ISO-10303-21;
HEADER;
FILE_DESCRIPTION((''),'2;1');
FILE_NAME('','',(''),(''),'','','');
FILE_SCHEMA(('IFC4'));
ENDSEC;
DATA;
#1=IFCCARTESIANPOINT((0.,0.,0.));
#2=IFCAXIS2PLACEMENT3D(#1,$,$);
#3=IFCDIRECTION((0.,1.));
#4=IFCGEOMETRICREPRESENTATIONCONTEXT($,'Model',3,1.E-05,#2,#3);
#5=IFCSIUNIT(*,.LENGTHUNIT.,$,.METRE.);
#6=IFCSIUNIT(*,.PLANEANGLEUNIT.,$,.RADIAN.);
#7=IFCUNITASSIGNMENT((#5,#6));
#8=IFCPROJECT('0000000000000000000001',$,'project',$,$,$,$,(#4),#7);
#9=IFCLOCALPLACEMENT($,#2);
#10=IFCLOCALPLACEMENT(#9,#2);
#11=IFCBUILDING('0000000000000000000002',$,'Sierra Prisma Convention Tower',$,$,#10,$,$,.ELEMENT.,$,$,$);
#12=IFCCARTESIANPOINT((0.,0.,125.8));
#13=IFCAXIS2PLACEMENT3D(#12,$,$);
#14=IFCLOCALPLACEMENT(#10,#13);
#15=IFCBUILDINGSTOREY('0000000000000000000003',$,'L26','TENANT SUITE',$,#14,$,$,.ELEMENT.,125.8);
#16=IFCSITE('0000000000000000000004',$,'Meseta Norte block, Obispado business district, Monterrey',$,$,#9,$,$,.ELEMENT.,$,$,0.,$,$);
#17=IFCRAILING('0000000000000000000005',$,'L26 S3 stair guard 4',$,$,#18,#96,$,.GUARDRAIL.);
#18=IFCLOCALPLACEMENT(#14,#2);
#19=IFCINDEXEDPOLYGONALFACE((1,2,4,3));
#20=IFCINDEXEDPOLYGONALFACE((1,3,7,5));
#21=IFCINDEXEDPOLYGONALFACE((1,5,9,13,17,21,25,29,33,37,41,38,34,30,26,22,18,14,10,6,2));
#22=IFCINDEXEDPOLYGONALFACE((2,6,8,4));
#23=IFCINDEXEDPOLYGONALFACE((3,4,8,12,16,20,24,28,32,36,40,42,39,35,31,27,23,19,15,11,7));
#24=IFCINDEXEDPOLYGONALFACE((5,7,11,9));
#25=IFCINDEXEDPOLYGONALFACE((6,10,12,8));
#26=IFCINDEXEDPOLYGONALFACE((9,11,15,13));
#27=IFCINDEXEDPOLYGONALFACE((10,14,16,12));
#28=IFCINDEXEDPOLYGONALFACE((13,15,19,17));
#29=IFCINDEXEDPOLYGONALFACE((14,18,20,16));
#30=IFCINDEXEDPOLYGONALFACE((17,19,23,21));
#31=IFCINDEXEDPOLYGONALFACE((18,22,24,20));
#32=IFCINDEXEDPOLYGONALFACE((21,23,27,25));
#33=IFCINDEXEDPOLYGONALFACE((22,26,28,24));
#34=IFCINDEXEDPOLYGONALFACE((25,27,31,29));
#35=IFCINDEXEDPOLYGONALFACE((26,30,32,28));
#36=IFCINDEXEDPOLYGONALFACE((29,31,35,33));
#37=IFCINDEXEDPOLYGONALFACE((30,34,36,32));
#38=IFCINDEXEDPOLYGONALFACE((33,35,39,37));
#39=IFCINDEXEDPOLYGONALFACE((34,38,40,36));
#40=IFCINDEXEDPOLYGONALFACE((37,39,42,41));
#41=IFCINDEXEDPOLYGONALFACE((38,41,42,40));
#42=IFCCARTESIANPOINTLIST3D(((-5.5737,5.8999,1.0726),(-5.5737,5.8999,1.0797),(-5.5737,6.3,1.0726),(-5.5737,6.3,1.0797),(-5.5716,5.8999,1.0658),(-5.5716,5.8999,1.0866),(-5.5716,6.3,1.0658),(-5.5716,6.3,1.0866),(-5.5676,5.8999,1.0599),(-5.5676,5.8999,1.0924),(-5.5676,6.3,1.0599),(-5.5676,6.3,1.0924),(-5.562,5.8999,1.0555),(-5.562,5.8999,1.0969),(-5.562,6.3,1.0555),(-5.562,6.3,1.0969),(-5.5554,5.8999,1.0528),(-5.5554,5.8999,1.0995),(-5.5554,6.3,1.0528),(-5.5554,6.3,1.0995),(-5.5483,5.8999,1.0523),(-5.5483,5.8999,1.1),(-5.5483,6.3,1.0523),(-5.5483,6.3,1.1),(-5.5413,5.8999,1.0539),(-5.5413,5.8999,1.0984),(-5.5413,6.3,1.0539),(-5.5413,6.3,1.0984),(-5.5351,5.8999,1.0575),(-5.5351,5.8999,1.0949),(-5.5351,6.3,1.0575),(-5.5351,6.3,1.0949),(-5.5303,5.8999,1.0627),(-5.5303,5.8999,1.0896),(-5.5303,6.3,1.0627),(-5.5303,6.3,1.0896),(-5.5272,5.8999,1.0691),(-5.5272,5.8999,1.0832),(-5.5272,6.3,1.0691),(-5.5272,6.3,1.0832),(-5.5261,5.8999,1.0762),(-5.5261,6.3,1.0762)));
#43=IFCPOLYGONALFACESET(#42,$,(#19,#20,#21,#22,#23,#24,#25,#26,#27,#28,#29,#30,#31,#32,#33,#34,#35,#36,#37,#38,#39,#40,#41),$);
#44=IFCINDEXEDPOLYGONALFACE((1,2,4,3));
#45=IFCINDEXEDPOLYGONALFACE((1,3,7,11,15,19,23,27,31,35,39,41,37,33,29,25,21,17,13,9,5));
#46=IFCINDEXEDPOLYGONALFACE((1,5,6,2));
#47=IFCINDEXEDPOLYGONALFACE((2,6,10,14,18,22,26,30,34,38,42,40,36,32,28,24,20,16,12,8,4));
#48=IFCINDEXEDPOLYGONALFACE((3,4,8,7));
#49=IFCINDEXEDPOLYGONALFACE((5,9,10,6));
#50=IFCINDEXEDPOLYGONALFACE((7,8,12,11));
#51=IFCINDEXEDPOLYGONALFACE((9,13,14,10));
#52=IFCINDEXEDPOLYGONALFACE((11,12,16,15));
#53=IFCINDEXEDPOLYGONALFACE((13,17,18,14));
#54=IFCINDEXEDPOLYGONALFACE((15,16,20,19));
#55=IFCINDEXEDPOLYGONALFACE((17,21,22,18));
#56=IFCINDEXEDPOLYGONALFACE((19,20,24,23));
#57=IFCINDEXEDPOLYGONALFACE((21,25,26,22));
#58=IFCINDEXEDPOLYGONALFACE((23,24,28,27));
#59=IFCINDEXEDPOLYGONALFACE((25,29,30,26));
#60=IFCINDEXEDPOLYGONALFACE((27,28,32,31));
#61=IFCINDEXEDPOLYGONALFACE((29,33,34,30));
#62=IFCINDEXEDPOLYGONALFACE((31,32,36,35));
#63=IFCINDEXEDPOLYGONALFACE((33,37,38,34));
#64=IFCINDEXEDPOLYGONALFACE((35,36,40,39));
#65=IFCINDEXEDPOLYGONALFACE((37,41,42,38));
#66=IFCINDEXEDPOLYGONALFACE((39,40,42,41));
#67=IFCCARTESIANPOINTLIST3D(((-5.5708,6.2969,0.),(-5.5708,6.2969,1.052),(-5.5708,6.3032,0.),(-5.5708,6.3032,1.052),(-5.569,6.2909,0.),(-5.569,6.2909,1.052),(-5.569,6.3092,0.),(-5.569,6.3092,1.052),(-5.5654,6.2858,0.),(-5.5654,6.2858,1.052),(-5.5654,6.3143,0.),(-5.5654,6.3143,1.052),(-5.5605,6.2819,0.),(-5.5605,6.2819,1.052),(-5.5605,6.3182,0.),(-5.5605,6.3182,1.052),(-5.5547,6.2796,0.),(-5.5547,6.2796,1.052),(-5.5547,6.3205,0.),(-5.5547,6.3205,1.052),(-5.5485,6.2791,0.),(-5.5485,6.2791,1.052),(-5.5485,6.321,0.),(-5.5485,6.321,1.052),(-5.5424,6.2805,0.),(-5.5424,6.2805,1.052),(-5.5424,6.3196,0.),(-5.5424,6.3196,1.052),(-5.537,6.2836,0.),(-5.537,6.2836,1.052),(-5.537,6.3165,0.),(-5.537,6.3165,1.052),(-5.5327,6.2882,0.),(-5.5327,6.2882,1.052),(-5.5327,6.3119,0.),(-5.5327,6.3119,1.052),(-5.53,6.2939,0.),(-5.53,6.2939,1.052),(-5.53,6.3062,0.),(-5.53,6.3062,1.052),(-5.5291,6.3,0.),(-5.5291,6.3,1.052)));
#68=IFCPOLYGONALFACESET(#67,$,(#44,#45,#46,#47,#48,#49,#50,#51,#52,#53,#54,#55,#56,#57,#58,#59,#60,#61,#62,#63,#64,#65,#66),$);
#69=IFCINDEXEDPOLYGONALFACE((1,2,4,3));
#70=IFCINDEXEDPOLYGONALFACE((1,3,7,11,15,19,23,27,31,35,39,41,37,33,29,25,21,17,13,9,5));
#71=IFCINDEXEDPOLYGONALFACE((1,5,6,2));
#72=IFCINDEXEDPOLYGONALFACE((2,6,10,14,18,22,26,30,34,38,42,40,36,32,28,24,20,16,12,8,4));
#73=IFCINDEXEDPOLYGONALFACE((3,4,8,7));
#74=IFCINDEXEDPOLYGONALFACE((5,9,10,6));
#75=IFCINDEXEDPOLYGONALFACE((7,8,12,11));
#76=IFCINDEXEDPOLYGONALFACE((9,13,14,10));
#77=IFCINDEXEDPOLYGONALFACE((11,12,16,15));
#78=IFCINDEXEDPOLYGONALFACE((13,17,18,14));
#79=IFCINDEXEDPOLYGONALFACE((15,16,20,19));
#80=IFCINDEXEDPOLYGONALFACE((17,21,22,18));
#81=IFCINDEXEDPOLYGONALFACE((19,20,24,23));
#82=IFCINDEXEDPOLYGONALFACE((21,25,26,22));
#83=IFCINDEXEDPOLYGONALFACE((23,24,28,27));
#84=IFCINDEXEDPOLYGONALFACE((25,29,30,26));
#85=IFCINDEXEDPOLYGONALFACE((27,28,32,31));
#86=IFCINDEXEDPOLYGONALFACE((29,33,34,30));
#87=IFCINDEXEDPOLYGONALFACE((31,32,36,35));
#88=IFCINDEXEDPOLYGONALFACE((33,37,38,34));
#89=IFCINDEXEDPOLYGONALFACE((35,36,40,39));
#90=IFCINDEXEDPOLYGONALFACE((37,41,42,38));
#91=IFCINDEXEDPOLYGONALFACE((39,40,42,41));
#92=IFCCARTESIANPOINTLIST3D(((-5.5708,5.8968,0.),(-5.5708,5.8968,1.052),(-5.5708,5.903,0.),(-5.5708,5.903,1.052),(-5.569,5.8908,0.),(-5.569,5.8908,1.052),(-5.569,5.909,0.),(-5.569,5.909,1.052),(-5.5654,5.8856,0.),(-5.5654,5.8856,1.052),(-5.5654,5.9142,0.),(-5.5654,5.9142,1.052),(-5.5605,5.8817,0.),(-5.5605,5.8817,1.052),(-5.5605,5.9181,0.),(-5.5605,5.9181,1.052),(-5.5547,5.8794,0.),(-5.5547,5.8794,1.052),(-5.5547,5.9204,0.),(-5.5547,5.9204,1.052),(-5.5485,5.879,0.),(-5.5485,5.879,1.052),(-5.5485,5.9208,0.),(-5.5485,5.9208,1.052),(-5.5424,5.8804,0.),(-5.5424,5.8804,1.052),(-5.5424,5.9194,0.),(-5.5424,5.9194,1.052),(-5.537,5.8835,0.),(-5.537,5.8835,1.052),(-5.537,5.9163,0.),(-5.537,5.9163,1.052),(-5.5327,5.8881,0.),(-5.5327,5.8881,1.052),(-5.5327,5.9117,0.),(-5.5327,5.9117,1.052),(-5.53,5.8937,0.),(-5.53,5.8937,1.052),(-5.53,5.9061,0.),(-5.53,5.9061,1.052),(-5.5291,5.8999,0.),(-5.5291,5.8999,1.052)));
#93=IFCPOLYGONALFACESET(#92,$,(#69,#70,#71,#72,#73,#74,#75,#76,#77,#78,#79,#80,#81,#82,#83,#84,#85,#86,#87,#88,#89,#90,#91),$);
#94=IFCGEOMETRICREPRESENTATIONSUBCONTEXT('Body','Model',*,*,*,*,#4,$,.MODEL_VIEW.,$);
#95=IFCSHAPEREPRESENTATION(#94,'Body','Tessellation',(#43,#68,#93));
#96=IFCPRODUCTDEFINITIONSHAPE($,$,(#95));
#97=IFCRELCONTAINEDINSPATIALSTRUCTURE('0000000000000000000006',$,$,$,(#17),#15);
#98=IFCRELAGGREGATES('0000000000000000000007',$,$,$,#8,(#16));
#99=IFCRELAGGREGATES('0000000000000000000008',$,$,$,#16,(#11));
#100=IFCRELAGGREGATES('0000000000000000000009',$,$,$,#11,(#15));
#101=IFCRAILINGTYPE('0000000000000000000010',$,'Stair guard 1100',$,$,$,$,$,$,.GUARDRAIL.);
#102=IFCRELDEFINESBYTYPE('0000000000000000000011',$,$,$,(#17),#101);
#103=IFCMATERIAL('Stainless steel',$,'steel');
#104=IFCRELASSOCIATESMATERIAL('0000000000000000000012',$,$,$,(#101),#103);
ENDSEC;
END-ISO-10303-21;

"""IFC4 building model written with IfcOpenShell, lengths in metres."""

from ifc_helpers import new_model, si_unit, direction, frame, origin, origin_2d, place, context, subcontext, project, spatial, circle, extrude, material, type_object, element, save


model = new_model("IFC4")

# Units and contexts
model_context = context("Model", 3, precision=1e-05, world=origin(), true_north=direction((0.0, 1.0)))
body_context = subcontext(model_context, "Body", "Model", "MODEL_VIEW")
ifc_project = project(units=[si_unit("LENGTHUNIT", "METRE"), si_unit("PLANEANGLEUNIT", "RADIAN")], contexts=[model_context])

# Site, building, storey
site_placement = place(None, origin())
site = spatial("IfcSite", under=ifc_project, at=site_placement, Name="Meseta Norte block, Obispado business district, Monterrey", CompositionType="ELEMENT", RefElevation=0.0)
building_placement = place(site_placement, origin())
building = spatial("IfcBuilding", under=site, at=building_placement, Name="Sierra Prisma Convention Tower", CompositionType="ELEMENT")
storey_placement = place(building_placement, frame((0.0, 0.0, 125.8)))
storey = spatial("IfcBuildingStorey", under=building, at=storey_placement, Name="L26", Description="TENANT SUITE", CompositionType="ELEMENT", Elevation=125.8)

# Railing
ifc_material_1 = material(Name="Stainless steel", Category="steel")
railing_type_1 = type_object("IfcRailingType", Name="Stair guard 1100", PredefinedType="GUARDRAIL", material=ifc_material_1)
railing_1_placement = place(storey_placement, frame((-5.55, 6.3, 0.0)))
element("IfcRailing", 1, at=railing_1_placement, inside=storey, type_object=railing_type_1, Name="L26 S3 stair guard 4", PredefinedType="GUARDRAIL", context=body_context, shape_type="SweptSolid", body=[
    extrude(circle(Radius=0.0239, at=origin_2d()), frame((0.0, 0.0, 1.0762), z_axis=(0.0, -1.0, 0.0), x_axis=(1.0, 0.0, 0.0)), (0.0, 0.0, 1.0), 0.4001),
    extrude(circle(Radius=0.021, at=origin_2d()), origin(), (0.0, 0.0, 1.0), 1.052),
    extrude(circle(Radius=0.021, at=origin_2d()), frame((0.0, -0.4001, 0.0)), (0.0, 0.0, 1.0), 1.052),
])

save(model, "model.ifc")
